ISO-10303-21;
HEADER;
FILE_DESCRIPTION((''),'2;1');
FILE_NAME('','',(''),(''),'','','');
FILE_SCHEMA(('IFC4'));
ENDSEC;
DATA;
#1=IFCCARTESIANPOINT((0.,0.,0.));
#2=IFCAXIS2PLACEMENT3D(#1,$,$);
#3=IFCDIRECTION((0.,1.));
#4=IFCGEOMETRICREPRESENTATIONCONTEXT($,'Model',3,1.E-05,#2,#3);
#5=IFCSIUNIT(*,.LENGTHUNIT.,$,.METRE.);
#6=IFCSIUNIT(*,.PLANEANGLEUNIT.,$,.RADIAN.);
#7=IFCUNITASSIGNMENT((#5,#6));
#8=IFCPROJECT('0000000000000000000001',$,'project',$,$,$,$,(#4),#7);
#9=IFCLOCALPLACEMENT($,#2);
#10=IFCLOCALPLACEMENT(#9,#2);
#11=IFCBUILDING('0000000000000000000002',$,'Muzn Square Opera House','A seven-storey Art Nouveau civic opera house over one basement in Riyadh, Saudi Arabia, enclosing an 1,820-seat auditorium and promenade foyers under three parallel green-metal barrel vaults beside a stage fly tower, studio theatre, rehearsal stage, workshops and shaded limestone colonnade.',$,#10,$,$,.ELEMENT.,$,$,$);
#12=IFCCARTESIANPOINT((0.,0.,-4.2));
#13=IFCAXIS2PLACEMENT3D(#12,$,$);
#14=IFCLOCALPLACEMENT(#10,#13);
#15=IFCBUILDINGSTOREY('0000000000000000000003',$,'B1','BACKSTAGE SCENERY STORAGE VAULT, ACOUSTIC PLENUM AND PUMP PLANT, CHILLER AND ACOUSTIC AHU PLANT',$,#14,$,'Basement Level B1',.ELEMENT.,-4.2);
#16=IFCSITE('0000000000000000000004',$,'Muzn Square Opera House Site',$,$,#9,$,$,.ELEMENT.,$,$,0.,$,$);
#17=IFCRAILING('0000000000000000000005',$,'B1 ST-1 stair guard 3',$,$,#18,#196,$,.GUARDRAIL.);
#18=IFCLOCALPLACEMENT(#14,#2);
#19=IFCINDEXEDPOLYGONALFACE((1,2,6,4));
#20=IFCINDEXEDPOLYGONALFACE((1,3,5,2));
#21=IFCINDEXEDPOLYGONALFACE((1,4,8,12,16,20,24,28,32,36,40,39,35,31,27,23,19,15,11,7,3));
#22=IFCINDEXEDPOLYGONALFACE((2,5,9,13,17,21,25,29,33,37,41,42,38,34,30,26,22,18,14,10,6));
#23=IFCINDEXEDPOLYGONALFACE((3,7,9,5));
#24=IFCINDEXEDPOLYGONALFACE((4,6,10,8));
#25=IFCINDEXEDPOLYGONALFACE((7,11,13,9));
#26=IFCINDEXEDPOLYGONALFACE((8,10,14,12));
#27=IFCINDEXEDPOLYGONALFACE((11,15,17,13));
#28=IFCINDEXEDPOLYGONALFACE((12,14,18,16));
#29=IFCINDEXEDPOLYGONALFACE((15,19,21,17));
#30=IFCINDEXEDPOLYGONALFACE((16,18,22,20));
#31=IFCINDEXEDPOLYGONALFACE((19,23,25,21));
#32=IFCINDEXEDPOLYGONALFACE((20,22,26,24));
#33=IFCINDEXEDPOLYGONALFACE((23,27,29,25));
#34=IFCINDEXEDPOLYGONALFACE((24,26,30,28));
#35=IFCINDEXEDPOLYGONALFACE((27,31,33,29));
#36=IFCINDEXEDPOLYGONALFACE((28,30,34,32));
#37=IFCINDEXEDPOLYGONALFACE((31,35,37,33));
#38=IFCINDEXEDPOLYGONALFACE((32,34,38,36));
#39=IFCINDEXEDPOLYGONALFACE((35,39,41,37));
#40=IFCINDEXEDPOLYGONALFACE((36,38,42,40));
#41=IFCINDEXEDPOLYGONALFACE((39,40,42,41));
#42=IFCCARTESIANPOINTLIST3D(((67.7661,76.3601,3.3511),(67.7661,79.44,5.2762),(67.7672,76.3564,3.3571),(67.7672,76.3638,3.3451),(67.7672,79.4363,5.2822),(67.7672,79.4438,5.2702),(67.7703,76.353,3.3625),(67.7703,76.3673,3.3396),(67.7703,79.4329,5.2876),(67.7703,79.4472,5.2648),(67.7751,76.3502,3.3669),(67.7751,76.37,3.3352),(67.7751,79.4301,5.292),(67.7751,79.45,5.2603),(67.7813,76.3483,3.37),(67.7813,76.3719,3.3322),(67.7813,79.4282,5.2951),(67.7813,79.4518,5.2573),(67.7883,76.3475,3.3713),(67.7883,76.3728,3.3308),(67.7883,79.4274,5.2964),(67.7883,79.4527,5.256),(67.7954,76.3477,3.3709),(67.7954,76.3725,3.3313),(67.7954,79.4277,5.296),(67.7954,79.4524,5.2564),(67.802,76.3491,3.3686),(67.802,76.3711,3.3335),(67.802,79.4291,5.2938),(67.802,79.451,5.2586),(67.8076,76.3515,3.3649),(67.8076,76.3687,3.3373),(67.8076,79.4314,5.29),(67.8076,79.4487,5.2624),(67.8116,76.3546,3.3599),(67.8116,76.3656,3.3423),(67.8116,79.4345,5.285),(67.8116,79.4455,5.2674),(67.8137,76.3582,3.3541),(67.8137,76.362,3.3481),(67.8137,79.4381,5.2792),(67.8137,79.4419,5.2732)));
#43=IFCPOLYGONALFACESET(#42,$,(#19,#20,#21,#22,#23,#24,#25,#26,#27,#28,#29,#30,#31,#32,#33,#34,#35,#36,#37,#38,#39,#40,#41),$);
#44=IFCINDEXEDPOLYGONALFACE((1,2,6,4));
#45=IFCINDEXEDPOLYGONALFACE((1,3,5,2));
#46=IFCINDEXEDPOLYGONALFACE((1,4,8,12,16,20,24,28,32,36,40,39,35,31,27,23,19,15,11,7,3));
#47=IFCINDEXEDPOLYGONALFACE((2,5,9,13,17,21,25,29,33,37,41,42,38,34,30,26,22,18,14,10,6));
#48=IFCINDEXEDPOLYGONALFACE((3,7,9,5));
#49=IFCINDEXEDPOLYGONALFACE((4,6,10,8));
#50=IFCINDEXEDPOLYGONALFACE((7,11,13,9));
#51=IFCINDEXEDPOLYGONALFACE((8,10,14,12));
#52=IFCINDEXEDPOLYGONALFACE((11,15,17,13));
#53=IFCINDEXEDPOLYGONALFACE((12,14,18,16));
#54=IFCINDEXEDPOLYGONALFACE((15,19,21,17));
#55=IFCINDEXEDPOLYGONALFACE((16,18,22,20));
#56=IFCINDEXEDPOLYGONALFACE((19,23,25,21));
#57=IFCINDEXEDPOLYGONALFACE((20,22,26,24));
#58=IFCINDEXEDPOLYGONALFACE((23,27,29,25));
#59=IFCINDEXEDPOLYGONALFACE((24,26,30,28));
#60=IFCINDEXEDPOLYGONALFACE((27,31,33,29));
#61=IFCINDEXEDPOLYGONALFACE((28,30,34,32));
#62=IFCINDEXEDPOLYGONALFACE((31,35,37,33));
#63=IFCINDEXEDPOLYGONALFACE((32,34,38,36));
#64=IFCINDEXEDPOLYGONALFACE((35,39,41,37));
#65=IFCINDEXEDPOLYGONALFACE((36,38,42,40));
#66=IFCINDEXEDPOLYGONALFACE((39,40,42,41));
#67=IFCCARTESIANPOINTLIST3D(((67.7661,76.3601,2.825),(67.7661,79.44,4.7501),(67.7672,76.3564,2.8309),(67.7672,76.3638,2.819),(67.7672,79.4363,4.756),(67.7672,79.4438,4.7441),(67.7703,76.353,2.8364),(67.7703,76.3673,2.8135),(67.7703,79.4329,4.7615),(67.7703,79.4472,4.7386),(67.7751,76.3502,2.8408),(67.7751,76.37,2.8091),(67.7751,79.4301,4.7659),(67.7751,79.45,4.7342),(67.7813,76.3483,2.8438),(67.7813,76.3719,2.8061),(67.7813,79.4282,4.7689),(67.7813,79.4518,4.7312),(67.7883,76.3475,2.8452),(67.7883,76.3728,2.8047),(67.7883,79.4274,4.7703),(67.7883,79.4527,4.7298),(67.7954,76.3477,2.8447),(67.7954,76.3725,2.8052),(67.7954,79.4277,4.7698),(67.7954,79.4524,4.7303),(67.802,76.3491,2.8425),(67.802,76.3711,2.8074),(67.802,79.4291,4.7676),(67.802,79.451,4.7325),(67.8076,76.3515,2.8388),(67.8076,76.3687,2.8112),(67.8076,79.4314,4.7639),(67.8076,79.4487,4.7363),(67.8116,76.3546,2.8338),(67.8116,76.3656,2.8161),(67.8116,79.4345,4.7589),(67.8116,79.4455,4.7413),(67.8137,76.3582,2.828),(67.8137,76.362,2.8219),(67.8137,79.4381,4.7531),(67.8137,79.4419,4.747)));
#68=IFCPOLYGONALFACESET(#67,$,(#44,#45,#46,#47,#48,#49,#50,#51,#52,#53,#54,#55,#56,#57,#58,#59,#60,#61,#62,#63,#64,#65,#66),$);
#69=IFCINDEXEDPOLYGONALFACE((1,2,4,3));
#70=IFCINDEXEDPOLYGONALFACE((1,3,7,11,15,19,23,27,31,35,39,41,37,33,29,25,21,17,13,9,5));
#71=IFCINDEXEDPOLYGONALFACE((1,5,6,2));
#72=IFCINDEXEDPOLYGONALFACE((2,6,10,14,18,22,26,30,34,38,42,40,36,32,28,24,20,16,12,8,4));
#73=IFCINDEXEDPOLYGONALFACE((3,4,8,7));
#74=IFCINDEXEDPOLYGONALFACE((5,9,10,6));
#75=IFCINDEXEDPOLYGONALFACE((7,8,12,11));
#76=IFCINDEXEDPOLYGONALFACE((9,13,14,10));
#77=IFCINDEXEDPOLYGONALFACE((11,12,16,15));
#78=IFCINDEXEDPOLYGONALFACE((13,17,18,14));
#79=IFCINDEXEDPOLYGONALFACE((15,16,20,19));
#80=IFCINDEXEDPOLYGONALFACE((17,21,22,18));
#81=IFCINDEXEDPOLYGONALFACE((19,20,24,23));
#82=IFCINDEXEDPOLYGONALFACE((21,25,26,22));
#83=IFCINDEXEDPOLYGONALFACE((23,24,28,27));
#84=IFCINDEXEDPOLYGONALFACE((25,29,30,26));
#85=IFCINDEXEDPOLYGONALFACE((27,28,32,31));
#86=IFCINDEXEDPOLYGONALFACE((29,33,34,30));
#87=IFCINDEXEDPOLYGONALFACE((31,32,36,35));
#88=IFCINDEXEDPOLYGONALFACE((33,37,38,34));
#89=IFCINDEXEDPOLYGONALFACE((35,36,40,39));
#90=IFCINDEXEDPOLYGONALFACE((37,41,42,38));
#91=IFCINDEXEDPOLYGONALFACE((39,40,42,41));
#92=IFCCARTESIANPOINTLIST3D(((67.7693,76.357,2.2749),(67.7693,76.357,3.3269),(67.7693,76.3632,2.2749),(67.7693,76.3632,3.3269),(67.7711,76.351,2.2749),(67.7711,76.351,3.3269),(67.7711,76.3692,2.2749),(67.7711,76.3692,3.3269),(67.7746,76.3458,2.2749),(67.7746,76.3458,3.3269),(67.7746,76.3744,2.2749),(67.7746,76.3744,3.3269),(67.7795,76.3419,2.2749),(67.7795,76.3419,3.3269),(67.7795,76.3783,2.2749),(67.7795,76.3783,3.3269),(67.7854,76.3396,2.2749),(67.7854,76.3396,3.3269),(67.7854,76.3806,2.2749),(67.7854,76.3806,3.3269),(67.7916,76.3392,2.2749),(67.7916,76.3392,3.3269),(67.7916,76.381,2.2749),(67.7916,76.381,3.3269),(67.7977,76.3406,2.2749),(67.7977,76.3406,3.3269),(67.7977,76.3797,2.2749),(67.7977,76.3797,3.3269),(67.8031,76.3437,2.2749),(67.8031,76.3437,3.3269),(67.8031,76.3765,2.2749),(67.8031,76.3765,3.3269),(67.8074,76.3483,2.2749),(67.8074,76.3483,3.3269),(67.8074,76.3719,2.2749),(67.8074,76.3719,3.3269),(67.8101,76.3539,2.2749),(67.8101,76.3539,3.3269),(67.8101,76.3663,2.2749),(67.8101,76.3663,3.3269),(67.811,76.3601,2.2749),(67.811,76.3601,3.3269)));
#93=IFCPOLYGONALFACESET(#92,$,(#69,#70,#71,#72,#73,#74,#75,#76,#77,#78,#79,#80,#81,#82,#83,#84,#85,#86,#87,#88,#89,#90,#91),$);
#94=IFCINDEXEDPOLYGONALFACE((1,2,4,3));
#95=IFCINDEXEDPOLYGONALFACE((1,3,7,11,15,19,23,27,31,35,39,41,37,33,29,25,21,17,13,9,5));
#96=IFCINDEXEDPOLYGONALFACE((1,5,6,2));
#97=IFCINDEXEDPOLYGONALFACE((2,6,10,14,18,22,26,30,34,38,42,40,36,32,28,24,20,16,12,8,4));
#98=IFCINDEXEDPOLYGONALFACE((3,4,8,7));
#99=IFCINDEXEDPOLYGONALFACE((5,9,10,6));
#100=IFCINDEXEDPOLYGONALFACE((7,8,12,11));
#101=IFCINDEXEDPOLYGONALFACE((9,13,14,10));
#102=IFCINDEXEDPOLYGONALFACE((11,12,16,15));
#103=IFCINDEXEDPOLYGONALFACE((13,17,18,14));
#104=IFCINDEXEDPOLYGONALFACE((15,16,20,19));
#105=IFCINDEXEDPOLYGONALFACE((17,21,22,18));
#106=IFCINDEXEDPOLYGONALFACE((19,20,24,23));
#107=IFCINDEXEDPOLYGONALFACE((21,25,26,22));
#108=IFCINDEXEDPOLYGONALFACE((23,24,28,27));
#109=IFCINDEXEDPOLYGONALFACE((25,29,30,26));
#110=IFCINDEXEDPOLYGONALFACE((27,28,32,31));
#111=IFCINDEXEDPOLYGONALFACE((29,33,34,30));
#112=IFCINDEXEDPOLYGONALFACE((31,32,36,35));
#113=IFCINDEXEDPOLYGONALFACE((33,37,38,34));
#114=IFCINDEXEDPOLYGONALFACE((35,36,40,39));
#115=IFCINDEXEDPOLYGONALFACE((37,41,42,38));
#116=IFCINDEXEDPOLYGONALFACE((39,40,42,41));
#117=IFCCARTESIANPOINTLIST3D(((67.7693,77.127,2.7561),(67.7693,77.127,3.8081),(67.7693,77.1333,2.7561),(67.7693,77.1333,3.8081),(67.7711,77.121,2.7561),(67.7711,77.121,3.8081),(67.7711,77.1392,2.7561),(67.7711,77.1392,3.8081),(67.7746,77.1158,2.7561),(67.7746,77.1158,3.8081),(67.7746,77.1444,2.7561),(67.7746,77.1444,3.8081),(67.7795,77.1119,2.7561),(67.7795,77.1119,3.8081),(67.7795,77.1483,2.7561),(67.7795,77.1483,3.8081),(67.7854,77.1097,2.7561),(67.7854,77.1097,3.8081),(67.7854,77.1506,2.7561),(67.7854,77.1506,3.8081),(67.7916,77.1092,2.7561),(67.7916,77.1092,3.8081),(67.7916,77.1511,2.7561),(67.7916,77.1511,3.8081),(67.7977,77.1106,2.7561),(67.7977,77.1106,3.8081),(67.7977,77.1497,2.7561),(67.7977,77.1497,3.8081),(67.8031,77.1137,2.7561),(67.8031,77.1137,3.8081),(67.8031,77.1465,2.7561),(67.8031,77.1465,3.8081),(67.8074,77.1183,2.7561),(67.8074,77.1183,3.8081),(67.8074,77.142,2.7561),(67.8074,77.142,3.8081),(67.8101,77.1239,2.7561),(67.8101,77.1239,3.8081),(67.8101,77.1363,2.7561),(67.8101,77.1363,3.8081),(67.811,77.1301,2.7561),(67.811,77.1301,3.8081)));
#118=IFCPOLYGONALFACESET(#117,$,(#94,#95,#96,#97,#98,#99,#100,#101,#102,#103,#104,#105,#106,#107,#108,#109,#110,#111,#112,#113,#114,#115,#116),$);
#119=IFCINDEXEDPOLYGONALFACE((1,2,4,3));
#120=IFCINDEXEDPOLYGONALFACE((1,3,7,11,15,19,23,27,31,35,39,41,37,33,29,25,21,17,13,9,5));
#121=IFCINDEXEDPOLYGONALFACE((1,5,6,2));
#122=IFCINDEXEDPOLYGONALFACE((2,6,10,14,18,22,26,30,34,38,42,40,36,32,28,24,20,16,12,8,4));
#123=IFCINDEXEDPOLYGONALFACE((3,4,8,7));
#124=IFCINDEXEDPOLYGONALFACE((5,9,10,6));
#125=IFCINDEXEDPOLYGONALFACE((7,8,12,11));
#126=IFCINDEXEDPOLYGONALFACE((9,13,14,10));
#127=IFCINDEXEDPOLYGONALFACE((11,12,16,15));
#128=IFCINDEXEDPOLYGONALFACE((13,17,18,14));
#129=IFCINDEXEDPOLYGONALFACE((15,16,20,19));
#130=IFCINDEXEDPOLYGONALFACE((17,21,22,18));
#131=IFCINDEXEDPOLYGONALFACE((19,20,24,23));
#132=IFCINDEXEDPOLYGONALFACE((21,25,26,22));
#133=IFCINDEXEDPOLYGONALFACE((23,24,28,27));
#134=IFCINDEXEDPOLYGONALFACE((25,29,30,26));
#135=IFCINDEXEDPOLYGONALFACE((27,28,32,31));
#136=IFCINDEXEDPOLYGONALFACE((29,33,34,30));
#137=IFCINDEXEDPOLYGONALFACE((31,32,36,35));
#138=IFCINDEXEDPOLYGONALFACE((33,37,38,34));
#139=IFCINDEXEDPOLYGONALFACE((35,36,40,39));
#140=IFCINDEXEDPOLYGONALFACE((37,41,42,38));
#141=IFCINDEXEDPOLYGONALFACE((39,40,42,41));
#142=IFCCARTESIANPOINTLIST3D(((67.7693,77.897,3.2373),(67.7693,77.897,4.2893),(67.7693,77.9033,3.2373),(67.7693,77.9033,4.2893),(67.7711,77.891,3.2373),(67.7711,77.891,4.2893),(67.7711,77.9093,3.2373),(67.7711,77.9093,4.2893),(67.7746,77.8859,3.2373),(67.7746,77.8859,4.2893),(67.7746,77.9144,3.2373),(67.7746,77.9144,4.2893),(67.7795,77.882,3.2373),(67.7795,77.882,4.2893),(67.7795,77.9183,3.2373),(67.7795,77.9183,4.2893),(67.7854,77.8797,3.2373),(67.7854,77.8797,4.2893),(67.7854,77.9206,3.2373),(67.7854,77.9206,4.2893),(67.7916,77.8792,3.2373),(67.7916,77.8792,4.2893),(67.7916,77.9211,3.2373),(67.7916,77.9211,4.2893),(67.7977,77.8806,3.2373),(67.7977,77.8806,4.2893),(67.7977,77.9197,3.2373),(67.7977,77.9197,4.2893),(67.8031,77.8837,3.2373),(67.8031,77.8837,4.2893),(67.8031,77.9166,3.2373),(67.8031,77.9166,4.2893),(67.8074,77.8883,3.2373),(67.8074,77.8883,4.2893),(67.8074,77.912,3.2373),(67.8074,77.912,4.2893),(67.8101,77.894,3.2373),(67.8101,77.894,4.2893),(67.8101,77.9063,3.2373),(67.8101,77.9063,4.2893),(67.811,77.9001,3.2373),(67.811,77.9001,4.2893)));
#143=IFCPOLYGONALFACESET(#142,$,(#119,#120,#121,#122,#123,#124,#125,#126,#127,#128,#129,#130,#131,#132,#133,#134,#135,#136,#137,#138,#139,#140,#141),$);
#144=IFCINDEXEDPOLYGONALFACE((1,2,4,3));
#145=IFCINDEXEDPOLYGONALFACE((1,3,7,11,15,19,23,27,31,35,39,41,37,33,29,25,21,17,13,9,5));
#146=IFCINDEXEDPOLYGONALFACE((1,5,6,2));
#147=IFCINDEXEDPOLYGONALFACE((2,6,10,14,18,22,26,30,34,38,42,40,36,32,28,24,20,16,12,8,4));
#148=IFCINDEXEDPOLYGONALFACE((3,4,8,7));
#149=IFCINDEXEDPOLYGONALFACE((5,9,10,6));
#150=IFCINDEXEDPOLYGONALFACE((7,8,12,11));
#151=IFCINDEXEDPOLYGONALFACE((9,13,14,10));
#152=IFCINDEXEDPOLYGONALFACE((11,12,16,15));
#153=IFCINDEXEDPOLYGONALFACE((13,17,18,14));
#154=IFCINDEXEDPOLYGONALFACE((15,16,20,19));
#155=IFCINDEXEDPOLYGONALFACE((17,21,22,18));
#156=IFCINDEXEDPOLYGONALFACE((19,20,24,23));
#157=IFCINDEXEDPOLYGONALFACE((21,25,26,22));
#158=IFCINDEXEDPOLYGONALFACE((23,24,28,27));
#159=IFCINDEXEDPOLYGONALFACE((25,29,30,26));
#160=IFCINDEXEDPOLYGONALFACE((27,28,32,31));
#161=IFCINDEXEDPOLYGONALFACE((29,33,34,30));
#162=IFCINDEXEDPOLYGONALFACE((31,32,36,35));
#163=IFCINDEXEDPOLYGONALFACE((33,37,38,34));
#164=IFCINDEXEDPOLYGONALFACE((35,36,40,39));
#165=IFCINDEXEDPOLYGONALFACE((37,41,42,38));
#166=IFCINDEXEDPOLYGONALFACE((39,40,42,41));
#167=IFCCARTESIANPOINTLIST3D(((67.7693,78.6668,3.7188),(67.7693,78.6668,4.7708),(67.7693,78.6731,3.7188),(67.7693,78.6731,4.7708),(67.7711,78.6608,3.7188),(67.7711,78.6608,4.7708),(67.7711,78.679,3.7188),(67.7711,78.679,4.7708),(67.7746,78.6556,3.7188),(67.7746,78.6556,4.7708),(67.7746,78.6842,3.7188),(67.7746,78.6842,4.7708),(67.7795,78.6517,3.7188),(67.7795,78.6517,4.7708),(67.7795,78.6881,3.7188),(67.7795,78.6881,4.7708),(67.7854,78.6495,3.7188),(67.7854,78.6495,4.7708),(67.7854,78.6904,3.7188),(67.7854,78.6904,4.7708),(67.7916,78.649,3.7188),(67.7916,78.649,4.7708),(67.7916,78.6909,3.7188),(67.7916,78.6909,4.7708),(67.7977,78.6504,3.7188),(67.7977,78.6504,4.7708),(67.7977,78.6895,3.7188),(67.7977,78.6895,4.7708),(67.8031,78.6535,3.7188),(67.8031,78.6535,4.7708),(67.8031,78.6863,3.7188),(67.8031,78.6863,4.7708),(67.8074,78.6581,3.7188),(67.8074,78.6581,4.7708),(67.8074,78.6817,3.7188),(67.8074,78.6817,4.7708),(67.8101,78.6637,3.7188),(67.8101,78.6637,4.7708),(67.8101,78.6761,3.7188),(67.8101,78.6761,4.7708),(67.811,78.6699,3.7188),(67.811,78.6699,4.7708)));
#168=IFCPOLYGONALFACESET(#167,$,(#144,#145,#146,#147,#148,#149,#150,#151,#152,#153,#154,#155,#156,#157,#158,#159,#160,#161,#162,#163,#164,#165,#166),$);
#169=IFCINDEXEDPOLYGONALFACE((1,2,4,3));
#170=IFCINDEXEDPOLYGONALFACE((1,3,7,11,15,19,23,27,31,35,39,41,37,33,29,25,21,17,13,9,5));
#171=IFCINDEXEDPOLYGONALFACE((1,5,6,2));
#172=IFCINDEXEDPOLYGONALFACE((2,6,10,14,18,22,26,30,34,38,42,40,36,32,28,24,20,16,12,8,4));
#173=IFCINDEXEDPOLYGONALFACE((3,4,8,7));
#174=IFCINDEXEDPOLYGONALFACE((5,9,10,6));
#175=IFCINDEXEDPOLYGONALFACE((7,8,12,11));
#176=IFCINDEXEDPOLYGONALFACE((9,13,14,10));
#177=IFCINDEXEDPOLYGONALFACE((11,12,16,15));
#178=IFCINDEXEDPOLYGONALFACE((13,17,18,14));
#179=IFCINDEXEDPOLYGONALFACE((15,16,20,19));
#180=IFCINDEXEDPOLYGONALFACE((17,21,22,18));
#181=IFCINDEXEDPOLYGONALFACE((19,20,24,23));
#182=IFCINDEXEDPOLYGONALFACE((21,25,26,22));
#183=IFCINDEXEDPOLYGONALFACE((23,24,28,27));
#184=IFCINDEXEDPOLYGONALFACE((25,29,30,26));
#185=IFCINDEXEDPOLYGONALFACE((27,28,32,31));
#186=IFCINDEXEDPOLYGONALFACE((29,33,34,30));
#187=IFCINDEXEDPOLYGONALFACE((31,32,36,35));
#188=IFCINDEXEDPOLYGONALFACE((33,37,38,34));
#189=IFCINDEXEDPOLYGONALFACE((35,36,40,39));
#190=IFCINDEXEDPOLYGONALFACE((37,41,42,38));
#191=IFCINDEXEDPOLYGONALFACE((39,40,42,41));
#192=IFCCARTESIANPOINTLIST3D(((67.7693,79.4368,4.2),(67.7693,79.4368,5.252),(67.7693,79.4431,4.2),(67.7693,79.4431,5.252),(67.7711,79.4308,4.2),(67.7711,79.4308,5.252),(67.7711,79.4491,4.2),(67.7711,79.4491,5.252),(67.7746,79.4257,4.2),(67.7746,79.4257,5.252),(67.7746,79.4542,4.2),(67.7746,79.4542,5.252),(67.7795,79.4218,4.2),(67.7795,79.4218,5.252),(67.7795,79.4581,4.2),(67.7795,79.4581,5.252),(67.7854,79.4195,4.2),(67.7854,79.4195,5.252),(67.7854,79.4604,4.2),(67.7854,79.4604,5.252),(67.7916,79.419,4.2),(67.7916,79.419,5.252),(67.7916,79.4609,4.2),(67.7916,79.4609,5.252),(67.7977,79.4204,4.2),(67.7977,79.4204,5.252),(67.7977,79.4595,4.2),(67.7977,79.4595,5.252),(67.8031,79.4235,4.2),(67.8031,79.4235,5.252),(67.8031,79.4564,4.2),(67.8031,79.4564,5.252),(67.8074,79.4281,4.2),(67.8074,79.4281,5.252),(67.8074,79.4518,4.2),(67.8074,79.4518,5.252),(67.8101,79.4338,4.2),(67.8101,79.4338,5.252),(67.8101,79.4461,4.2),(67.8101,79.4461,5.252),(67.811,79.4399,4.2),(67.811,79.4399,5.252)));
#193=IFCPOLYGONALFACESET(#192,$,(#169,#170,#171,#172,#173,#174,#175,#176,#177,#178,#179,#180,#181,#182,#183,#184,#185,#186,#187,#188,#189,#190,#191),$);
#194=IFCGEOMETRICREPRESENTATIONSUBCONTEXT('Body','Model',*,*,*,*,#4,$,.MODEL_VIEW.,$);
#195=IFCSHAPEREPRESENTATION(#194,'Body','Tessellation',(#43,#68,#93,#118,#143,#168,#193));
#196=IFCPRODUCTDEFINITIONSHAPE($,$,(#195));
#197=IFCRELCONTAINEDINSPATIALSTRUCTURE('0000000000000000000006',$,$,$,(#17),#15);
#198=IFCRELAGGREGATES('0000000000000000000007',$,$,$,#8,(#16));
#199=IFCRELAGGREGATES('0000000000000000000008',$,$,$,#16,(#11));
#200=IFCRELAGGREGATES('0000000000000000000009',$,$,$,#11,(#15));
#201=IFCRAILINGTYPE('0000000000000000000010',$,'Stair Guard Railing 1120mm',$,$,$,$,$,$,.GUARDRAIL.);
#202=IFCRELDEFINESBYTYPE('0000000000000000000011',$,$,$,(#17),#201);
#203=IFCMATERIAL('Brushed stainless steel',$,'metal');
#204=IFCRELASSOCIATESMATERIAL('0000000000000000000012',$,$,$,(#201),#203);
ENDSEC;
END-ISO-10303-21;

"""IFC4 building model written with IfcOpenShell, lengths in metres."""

from ifc_helpers import new_model, si_unit, direction, frame, origin, origin_2d, place, context, subcontext, project, spatial, circle, extrude, material, type_object, element, save


model = new_model("IFC4")

# Units and contexts
model_context = context("Model", 3, precision=1e-05, world=origin(), true_north=direction((0.0, 1.0)))
body_context = subcontext(model_context, "Body", "Model", "MODEL_VIEW")
ifc_project = project(units=[si_unit("LENGTHUNIT", "METRE"), si_unit("PLANEANGLEUNIT", "RADIAN")], contexts=[model_context])

# Site, building, storey
site_placement = place(None, origin())
site = spatial("IfcSite", under=ifc_project, at=site_placement, Name="Muzn Square Opera House Site", CompositionType="ELEMENT", RefElevation=0.0)
building_placement = place(site_placement, origin())
building = spatial("IfcBuilding", under=site, at=building_placement, Name="Muzn Square Opera House", Description="A seven-storey Art Nouveau civic opera house over one basement in Riyadh, Saudi Arabia, enclosing an 1,820-seat auditorium and promenade foyers under three parallel green-metal barrel vaults beside a stage fly tower, studio theatre, rehearsal stage, workshops and shaded limestone colonnade.", CompositionType="ELEMENT")
storey_placement = place(building_placement, frame((0.0, 0.0, -4.2)))
storey = spatial("IfcBuildingStorey", under=building, at=storey_placement, Name="B1", Description="BACKSTAGE SCENERY STORAGE VAULT, ACOUSTIC PLENUM AND PUMP PLANT, CHILLER AND ACOUSTIC AHU PLANT", LongName="Basement Level B1", CompositionType="ELEMENT", Elevation=-4.2)

# Railing
ifc_material_1 = material(Name="Brushed stainless steel", Category="metal")
railing_type_1 = type_object("IfcRailingType", Name="Stair Guard Railing 1120mm", PredefinedType="GUARDRAIL", material=ifc_material_1)
railing_1_placement = place(storey_placement, frame((67.79, 76.3601, 2.2749)))
element("IfcRailing", 1, at=railing_1_placement, inside=storey, type_object=railing_type_1, Name="B1 ST-1 stair guard 3", PredefinedType="GUARDRAIL", context=body_context, shape_type="SweptSolid", body=[
    extrude(circle(Radius=0.0239, at=origin_2d()), frame((0.0, 0.0, 1.0762), z_axis=(0.0, 0.847979, 0.530029), x_axis=(-1.0, 0.0, 0.0)), (0.0, 0.0, 1.0), 3.6321),
    extrude(circle(Radius=0.0239, at=origin_2d()), frame((0.0, 0.0, 0.55), z_axis=(0.0, 0.847979, 0.530029), x_axis=(-1.0, 0.0, 0.0)), (0.0, 0.0, 1.0), 3.6321),
    extrude(circle(Radius=0.021, at=origin_2d()), origin(), (0.0, 0.0, 1.0), 1.052),
    extrude(circle(Radius=0.021, at=origin_2d()), frame((0.0, 0.77, 0.4812)), (0.0, 0.0, 1.0), 1.052),
    extrude(circle(Radius=0.021, at=origin_2d()), frame((0.0, 1.54, 0.9624)), (0.0, 0.0, 1.0), 1.052),
    extrude(circle(Radius=0.021, at=origin_2d()), frame((0.0, 2.3098, 1.4438)), (0.0, 0.0, 1.0), 1.052),
    extrude(circle(Radius=0.021, at=origin_2d()), frame((0.0, 3.0798, 1.925)), (0.0, 0.0, 1.0), 1.052),
])

save(model, "model.ifc")
